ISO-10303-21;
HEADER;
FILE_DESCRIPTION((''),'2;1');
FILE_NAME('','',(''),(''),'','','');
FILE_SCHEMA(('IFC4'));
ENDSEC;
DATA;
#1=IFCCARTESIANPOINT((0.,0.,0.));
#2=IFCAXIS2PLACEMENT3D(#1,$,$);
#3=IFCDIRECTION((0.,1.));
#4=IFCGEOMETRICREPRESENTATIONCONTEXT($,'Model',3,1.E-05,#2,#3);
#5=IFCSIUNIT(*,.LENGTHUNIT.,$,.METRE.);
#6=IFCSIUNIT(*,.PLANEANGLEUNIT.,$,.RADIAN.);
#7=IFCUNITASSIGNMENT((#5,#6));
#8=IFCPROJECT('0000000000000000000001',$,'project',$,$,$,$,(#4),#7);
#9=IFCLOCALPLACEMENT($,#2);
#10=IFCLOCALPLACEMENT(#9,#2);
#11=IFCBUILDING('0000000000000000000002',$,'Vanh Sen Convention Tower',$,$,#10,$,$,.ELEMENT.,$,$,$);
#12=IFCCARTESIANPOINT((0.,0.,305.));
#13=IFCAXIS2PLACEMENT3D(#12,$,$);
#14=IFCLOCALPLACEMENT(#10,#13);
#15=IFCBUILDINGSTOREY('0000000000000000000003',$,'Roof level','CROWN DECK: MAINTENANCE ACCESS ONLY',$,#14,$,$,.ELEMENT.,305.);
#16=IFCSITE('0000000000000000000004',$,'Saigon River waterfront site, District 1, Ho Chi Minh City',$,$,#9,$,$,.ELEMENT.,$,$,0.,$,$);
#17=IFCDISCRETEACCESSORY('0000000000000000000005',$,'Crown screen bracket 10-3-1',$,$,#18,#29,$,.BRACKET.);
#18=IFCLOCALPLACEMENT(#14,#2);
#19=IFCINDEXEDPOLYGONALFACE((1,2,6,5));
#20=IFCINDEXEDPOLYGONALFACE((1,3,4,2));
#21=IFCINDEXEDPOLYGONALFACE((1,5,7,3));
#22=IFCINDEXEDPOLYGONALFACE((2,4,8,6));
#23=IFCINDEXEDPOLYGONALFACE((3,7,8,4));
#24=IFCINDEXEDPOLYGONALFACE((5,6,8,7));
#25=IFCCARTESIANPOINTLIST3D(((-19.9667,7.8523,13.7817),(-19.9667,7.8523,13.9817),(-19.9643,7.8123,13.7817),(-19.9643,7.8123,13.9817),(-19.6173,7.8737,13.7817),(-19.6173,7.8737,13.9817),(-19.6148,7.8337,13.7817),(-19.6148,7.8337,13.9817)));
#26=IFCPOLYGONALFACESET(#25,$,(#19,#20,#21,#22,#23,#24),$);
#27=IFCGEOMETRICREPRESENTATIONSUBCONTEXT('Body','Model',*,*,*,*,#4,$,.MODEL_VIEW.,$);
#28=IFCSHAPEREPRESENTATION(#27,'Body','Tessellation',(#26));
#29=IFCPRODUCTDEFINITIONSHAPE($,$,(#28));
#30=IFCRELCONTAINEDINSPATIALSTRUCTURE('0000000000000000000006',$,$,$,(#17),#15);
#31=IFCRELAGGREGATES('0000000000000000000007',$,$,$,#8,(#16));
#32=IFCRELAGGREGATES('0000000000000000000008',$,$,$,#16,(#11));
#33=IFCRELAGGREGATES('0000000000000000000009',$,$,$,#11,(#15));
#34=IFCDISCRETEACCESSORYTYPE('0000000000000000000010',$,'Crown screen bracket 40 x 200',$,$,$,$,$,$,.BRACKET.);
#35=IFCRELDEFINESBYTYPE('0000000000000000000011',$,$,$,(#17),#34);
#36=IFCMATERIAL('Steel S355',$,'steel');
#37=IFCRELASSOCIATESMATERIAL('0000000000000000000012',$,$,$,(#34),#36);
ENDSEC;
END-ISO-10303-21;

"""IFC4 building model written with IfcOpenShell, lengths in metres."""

from ifc_helpers import new_model, si_unit, direction, frame, origin, origin_2d, place, context, subcontext, project, spatial, rectangle, extrude, material, type_object, element, save


model = new_model("IFC4")

# Units and contexts
model_context = context("Model", 3, precision=1e-05, world=origin(), true_north=direction((0.0, 1.0)))
body_context = subcontext(model_context, "Body", "Model", "MODEL_VIEW")
ifc_project = project(units=[si_unit("LENGTHUNIT", "METRE"), si_unit("PLANEANGLEUNIT", "RADIAN")], contexts=[model_context])

# Site, building, storey
site_placement = place(None, origin())
site = spatial("IfcSite", under=ifc_project, at=site_placement, Name="Saigon River waterfront site, District 1, Ho Chi Minh City", CompositionType="ELEMENT", RefElevation=0.0)
building_placement = place(site_placement, origin())
building = spatial("IfcBuilding", under=site, at=building_placement, Name="Vanh Sen Convention Tower", CompositionType="ELEMENT")
storey_placement = place(building_placement, frame((0.0, 0.0, 305.0)))
storey = spatial("IfcBuildingStorey", under=building, at=storey_placement, Name="Roof level", Description="CROWN DECK: MAINTENANCE ACCESS ONLY", CompositionType="ELEMENT", Elevation=305.0)

# Discrete accessory
ifc_material_1 = material(Name="Steel S355", Category="steel")
discrete_accessory_type_1 = type_object("IfcDiscreteAccessoryType", Name="Crown screen bracket 40 x 200", PredefinedType="BRACKET", material=ifc_material_1)
for number, where, z_axis, x_axis, name in (
    (1, (-19.7908, 7.843, 13.7817), (0.0, 0.0, 1.0), (-0.998135, -0.06105, 0.0), "Crown screen bracket 10-3-1"),
):
    element("IfcDiscreteAccessory", number, at=place(storey_placement, frame(where, z_axis=z_axis, x_axis=x_axis)), inside=storey, type_object=discrete_accessory_type_1, Name=name, PredefinedType="BRACKET", context=body_context, shape_type="SweptSolid", body=[
        extrude(rectangle(XDim=0.3501, YDim=0.04, at=origin_2d()), origin(), (0.0, 0.0, 1.0), 0.2),
    ])

save(model, "model.ifc")
